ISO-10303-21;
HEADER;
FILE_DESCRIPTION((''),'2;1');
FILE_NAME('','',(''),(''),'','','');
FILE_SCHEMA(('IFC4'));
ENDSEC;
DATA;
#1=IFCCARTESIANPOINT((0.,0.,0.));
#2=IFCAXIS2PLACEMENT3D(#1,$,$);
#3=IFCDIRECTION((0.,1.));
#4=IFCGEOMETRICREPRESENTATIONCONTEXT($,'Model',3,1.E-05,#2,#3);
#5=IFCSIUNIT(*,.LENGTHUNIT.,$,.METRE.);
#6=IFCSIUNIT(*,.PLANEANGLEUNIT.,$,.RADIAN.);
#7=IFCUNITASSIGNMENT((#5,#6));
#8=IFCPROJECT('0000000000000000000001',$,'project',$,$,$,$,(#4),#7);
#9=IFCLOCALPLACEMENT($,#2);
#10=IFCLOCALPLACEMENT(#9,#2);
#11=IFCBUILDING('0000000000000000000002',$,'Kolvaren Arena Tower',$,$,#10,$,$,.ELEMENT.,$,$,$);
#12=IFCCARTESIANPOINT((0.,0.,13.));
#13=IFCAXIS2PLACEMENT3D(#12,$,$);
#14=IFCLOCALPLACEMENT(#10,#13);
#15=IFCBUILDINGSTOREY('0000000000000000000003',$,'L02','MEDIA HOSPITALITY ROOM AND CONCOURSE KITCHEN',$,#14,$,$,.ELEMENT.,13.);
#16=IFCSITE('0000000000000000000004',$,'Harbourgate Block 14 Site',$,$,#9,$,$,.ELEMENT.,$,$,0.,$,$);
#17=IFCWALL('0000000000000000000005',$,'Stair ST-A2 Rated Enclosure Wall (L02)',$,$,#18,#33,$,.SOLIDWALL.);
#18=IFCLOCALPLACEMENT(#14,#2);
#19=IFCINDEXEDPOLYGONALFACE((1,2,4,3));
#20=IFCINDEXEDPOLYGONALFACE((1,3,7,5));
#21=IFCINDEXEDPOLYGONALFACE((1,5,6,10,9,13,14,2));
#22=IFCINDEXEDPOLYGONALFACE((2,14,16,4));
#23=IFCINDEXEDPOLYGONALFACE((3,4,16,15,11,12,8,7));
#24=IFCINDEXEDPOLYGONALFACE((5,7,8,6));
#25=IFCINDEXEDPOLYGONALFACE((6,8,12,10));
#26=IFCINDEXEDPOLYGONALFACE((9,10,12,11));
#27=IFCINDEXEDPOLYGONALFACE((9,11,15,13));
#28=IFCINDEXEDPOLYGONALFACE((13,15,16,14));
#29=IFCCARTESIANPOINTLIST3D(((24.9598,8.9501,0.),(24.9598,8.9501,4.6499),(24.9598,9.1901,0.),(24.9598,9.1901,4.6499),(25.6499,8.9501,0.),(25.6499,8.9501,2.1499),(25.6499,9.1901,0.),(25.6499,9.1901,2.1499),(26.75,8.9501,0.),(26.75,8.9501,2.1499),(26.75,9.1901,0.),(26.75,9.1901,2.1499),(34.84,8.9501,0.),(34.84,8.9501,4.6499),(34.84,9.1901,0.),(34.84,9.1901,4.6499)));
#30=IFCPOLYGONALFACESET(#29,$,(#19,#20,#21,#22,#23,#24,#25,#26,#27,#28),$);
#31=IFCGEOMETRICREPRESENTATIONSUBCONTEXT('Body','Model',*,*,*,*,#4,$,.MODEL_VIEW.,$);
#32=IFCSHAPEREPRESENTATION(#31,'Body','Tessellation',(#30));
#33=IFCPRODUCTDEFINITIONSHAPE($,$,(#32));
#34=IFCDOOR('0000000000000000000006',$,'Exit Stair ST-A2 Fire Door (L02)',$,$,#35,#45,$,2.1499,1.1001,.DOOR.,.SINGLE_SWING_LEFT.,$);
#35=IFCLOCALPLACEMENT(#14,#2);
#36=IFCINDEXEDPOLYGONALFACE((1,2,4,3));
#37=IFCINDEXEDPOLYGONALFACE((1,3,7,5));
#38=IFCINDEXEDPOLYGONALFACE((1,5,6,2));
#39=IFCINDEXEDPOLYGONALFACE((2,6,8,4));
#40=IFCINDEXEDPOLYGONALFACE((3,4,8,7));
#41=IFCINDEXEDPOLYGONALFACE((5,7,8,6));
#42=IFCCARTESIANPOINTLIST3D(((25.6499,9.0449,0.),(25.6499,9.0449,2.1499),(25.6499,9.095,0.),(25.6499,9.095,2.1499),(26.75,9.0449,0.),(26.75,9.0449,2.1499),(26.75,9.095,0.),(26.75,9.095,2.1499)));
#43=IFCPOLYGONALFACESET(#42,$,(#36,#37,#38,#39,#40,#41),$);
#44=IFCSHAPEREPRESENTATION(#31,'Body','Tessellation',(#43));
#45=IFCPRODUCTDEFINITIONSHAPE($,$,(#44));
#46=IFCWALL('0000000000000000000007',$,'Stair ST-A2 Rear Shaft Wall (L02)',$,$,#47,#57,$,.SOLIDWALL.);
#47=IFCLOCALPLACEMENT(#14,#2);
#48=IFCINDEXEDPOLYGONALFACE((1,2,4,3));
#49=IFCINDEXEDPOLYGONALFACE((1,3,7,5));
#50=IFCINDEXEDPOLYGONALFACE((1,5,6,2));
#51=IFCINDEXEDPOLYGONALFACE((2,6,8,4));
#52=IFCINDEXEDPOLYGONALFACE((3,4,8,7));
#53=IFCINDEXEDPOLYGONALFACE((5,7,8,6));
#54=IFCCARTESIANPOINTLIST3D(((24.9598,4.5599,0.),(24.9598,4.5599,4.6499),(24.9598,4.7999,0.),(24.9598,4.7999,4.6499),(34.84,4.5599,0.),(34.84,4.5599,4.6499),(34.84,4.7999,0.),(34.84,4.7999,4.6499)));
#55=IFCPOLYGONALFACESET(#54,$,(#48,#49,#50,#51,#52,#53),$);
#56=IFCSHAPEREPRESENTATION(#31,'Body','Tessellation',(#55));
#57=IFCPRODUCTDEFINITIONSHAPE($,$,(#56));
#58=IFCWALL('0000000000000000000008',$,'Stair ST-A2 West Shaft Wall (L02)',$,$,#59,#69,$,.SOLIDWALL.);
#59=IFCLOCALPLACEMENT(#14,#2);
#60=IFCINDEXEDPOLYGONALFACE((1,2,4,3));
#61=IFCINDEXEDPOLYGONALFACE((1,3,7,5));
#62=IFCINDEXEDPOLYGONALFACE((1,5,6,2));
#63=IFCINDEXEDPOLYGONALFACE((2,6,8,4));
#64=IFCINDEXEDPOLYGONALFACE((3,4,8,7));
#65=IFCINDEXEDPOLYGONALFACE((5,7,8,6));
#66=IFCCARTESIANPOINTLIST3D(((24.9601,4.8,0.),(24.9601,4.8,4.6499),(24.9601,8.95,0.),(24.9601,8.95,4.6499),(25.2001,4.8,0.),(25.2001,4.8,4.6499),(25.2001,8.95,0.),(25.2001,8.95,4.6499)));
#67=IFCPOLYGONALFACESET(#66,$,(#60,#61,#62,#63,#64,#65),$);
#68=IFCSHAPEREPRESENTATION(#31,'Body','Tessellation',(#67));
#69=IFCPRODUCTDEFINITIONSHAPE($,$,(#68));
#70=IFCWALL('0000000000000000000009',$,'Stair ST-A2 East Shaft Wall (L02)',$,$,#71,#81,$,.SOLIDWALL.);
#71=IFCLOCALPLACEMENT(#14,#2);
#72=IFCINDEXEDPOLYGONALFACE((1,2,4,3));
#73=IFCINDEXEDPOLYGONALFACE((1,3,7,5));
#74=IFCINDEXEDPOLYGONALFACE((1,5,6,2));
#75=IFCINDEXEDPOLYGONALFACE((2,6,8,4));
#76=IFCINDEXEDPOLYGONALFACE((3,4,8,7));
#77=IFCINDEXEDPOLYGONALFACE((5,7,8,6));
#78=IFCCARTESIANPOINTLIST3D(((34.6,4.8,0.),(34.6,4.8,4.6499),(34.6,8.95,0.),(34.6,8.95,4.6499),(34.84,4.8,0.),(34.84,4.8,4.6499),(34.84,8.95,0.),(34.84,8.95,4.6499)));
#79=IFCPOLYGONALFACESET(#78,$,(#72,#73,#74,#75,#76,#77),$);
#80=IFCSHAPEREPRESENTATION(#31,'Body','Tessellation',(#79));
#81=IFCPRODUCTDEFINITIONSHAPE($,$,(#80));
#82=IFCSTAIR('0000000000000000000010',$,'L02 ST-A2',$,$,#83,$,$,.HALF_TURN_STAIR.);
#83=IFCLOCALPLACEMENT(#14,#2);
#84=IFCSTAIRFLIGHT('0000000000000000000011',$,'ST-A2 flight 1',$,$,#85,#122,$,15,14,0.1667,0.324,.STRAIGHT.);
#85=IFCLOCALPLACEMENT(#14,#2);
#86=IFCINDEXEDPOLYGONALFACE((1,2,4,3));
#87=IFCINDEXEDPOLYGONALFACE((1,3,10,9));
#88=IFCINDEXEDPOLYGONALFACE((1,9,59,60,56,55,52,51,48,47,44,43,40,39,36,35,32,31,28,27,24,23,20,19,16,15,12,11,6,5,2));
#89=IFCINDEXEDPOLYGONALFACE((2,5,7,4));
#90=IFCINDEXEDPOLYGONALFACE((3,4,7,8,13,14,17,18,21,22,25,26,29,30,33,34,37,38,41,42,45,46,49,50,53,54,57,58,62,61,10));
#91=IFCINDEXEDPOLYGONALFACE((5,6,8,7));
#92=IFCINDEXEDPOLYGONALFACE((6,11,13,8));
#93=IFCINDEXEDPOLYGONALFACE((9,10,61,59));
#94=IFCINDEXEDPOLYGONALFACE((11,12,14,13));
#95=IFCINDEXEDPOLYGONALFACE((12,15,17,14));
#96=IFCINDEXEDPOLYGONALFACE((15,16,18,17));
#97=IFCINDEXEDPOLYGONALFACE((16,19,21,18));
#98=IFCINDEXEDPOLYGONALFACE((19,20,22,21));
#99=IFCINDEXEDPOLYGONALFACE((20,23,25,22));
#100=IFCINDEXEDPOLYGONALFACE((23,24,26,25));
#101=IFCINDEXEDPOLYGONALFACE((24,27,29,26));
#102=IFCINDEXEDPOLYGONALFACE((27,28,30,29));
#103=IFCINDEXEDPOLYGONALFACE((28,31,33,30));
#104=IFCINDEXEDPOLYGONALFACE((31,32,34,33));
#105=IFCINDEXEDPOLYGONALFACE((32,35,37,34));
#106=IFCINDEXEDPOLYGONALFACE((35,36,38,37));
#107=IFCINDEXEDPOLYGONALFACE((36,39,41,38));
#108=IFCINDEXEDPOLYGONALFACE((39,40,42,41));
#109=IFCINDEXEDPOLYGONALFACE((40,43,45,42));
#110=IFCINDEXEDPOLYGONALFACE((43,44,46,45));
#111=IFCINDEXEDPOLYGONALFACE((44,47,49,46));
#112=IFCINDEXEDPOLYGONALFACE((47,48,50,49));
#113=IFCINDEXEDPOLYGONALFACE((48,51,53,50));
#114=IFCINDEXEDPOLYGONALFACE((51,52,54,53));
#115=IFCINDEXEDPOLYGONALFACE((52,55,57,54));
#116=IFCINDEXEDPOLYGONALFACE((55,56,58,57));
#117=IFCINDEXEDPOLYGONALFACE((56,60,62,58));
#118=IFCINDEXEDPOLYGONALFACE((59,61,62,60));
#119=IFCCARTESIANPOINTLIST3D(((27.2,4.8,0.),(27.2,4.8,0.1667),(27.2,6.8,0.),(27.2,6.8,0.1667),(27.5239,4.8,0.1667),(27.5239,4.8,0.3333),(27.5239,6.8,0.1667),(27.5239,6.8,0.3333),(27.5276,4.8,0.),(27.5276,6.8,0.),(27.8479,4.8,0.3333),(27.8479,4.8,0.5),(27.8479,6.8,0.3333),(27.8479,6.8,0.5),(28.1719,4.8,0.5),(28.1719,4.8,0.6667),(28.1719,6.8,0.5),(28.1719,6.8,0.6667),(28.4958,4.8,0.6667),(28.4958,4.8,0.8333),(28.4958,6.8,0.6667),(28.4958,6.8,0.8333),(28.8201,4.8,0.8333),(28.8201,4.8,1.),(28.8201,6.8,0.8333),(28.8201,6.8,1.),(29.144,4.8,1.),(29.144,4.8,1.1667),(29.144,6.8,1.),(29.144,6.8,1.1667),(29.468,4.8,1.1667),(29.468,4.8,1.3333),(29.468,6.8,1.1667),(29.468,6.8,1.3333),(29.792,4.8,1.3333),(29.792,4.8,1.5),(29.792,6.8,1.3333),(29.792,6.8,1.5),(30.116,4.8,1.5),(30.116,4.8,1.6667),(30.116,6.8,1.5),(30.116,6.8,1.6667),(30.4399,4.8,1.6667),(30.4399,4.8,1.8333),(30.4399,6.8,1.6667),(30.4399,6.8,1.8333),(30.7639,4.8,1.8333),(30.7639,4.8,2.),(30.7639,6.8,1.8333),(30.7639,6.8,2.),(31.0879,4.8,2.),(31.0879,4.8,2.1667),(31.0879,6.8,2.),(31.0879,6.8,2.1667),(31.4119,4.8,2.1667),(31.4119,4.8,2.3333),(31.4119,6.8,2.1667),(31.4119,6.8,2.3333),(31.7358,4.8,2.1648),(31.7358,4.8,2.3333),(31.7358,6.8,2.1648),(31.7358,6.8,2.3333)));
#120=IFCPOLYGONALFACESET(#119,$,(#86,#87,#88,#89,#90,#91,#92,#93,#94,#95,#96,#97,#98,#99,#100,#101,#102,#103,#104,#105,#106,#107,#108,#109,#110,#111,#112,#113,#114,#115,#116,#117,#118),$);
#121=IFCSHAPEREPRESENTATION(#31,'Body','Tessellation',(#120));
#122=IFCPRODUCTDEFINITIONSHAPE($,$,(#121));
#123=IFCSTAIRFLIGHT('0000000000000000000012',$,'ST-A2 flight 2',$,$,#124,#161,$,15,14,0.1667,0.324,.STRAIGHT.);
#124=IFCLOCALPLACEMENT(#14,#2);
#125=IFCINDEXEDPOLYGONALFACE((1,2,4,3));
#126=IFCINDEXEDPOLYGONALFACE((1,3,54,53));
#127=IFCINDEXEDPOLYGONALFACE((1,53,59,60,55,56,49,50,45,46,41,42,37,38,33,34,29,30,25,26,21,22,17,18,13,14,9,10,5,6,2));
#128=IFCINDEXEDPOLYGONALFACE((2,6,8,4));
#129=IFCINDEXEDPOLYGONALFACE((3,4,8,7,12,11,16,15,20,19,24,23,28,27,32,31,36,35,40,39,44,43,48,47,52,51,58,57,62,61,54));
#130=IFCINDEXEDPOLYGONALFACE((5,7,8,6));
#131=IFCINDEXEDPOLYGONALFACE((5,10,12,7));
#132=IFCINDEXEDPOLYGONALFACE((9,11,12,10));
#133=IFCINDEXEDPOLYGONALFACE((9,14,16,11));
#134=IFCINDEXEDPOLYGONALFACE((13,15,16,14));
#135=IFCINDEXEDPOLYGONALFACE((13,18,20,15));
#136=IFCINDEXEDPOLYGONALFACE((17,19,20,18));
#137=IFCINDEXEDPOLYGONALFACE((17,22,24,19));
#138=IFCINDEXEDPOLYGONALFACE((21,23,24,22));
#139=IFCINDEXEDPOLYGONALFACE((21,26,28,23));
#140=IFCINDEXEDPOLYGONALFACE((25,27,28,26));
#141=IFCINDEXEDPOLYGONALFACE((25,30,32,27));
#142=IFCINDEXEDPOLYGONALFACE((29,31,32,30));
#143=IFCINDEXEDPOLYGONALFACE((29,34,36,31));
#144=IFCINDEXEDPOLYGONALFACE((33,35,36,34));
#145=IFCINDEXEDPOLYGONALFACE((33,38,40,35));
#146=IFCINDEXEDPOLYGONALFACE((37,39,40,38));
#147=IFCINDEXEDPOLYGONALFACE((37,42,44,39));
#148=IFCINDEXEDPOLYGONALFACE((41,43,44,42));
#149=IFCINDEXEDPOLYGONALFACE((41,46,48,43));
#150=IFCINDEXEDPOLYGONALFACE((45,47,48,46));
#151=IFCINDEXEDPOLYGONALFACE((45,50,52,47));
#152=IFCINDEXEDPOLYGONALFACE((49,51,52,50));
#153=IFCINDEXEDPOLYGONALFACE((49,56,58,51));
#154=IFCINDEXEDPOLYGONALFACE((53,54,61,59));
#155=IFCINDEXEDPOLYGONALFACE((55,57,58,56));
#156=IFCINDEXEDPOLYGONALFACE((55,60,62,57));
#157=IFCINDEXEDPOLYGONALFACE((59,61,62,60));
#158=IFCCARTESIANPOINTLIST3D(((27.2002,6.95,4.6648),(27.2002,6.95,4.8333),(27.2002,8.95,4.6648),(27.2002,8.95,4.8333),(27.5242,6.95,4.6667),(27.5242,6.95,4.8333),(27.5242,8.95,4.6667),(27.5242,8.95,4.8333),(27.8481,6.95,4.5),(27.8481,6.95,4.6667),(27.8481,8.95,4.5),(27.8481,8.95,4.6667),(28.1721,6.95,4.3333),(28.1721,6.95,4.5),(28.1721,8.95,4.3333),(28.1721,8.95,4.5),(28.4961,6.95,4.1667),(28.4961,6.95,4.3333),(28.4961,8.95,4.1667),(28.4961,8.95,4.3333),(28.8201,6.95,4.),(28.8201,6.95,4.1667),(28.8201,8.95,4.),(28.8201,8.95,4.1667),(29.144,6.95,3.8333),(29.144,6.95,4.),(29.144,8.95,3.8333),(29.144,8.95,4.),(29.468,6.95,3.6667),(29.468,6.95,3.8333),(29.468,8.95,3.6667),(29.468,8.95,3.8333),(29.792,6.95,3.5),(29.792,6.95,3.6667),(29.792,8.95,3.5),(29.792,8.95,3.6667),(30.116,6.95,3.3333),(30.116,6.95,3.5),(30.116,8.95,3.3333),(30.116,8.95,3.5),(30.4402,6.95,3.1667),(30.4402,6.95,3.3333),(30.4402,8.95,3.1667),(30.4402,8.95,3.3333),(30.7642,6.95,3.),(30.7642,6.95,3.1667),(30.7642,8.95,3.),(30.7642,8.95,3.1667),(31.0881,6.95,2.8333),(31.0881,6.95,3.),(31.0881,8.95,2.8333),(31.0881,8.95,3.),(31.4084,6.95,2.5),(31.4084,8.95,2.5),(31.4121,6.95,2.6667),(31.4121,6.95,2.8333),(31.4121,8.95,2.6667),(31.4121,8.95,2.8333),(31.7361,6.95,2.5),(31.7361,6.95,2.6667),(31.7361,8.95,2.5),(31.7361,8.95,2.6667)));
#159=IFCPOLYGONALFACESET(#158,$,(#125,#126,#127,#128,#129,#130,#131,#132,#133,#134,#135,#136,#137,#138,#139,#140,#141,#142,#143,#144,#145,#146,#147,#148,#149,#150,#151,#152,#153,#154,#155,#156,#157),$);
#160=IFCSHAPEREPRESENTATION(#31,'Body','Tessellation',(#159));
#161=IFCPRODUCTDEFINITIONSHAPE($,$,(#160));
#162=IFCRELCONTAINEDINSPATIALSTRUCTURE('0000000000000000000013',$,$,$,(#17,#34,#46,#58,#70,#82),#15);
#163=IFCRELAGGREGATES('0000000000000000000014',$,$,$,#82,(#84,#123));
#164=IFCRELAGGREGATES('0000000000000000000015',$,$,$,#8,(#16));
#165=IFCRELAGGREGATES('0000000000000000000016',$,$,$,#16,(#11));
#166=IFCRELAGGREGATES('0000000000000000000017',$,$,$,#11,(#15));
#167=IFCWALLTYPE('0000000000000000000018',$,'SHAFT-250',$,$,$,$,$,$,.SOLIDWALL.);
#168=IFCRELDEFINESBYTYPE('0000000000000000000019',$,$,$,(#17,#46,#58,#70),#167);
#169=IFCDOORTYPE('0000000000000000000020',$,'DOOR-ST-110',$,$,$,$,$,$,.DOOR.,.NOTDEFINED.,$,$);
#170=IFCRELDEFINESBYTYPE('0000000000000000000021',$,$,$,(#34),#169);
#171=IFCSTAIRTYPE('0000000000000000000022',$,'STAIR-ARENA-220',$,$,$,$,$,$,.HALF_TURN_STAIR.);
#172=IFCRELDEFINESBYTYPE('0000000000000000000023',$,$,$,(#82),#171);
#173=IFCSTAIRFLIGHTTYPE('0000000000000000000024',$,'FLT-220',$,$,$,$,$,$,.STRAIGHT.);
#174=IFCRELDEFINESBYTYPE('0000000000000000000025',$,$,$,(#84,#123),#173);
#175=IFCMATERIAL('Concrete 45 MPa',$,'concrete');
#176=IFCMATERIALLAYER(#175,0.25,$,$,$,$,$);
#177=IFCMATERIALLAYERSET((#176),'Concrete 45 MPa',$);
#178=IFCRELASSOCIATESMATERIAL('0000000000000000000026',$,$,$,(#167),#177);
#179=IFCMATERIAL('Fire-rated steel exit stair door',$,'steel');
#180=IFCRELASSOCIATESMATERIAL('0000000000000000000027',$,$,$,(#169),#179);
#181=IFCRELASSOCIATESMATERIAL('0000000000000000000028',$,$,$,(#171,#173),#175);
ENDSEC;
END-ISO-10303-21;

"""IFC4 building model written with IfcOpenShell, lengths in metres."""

from ifc_helpers import new_model, si_unit, direction, frame, frame_2d, origin, place, context, subcontext, project, spatial, polyline, rectangle, outline, extrude, material, layer, layer_set, type_object, element, fill, aggregate, save


model = new_model("IFC4")

# Units and contexts
model_context = context("Model", 3, precision=1e-05, world=origin(), true_north=direction((0.0, 1.0)))
body_context = subcontext(model_context, "Body", "Model", "MODEL_VIEW")
ifc_project = project(units=[si_unit("LENGTHUNIT", "METRE"), si_unit("PLANEANGLEUNIT", "RADIAN")], contexts=[model_context])

# Site, building, storey
site_placement = place(None, origin())
site = spatial("IfcSite", under=ifc_project, at=site_placement, Name="Harbourgate Block 14 Site", CompositionType="ELEMENT", RefElevation=0.0)
building_placement = place(site_placement, origin())
building = spatial("IfcBuilding", under=site, at=building_placement, Name="Kolvaren Arena Tower", CompositionType="ELEMENT")
storey_placement = place(building_placement, frame((0.0, 0.0, 13.0)))
storey = spatial("IfcBuildingStorey", under=building, at=storey_placement, Name="L02", Description="MEDIA HOSPITALITY ROOM AND CONCOURSE KITCHEN", CompositionType="ELEMENT", Elevation=13.0)

# Wall, opening, door
ifc_material_1 = material(Name="Concrete 45 MPa", Category="concrete")
ifc_layer_1 = layer(ifc_material_1, 0.25)
ifc_layer_set_1 = layer_set([ifc_layer_1], Name="Concrete 45 MPa")
wall_type_1 = type_object("IfcWallType", Name="SHAFT-250", PredefinedType="SOLIDWALL", material=ifc_layer_set_1)
wall_1_placement = place(storey_placement, frame((24.96, 9.0701, 0.0), z_axis=(0.0, 0.0, 1.0), x_axis=(1.0, 0.0, 0.0)))
wall_1 = element("IfcWall", 1, at=wall_1_placement, inside=storey, type_object=wall_type_1, Name="Stair ST-A2 Rated Enclosure Wall (L02)", PredefinedType="SOLIDWALL", context=body_context, shape_type="SweptSolid", body=[
    extrude(rectangle(XDim=9.8801, YDim=0.24, at=frame_2d((4.9399, 0.0))), origin(), (0.0, 0.0, 1.0), 4.6499),
])
opening_1_placement = place(wall_1_placement, frame((0.6899, 0.0, 0.0)))
opening_1 = element("IfcOpeningElement", 2, at=opening_1_placement, cuts=wall_1, PredefinedType="OPENING", context=body_context, shape_type="SweptSolid", body=[
    extrude(rectangle(XDim=1.1001, YDim=2.1499, at=frame_2d((0.55, 1.075))), frame((0.0, 0.1299, 0.0), z_axis=(0.0, -1.0, 0.0), x_axis=(1.0, 0.0, 0.0)), (0.0, 0.0, 1.0), 0.26),
])
ifc_material_2 = material(Name="Fire-rated steel exit stair door", Category="steel")
door_type_1 = type_object("IfcDoorType", Name="DOOR-ST-110", OperationType="NOTDEFINED", PredefinedType="DOOR", material=ifc_material_2)
door_1_placement = place(opening_1_placement, origin())
door_1 = element("IfcDoor", 3, at=door_1_placement, inside=storey, type_object=door_type_1, Name="Exit Stair ST-A2 Fire Door (L02)", OperationType="SINGLE_SWING_LEFT", OverallHeight=2.1499, OverallWidth=1.1001, PredefinedType="DOOR", context=body_context, shape_type="SweptSolid", body=[
    extrude(rectangle(XDim=1.1001, YDim=2.1499, at=frame_2d((0.55, 1.075))), frame((0.0, 0.0249, 0.0), z_axis=(0.0, -1.0, 0.0), x_axis=(1.0, 0.0, 0.0)), (0.0, 0.0, 1.0), 0.05),
])
fill(opening_1, door_1)

# Walls
wall_2_placement = place(storey_placement, frame((24.96, 4.6799, 0.0), z_axis=(0.0, 0.0, 1.0), x_axis=(1.0, 0.0, 0.0)))
element("IfcWall", 4, at=wall_2_placement, inside=storey, type_object=wall_type_1, Name="Stair ST-A2 Rear Shaft Wall (L02)", PredefinedType="SOLIDWALL", context=body_context, shape_type="SweptSolid", body=[
    extrude(rectangle(XDim=9.8801, YDim=0.24, at=frame_2d((4.9399, 0.0))), origin(), (0.0, 0.0, 1.0), 4.6499),
])
for number, where, z_axis, x_axis, name in (
    (5, (25.0801, 4.8, 0.0), (0.0, 0.0, 1.0), (0.0, 1.0, 0.0), "Stair ST-A2 West Shaft Wall (L02)"),
    (6, (34.72, 4.8, 0.0), (0.0, 0.0, 1.0), (0.0, 1.0, 0.0), "Stair ST-A2 East Shaft Wall (L02)"),
):
    element("IfcWall", number, at=place(storey_placement, frame(where, z_axis=z_axis, x_axis=x_axis)), inside=storey, type_object=wall_type_1, Name=name, PredefinedType="SOLIDWALL", context=body_context, shape_type="SweptSolid", body=[
        extrude(rectangle(XDim=4.1499, YDim=0.24, at=frame_2d((2.075, 0.0))), origin(), (0.0, 0.0, 1.0), 4.6499),
    ])

# Stair, stair flights
stair_type = type_object("IfcStairType", Name="STAIR-ARENA-220", PredefinedType="HALF_TURN_STAIR", material=ifc_material_1)
stair_placement = place(storey_placement, origin())
stair = element("IfcStair", 7, at=stair_placement, inside=storey, type_object=stair_type, Name="L02 ST-A2", PredefinedType="HALF_TURN_STAIR")
stair_flight_type = type_object("IfcStairFlightType", Name="FLT-220", PredefinedType="STRAIGHT", material=ifc_material_1)
stair_flight_1_placement = place(storey_placement, frame((27.2, 5.8, 0.0), z_axis=(0.0, 0.0, 1.0), x_axis=(1.0, 0.0, 0.0)))
stair_flight_1 = element("IfcStairFlight", 8, at=stair_flight_1_placement, type_object=stair_flight_type, Name="ST-A2 flight 1", NumberOfRisers=15, NumberOfTreads=14, PredefinedType="STRAIGHT", RiserHeight=0.1667, TreadLength=0.324, context=body_context, shape_type="SweptSolid", body=[
    extrude(outline(polyline([(0.0, 0.0), (0.0, 0.1667), (0.324, 0.1667), (0.324, 0.3333), (0.6479, 0.3333), (0.6479, 0.5), (0.9719, 0.5), (0.9719, 0.6667), (1.2959, 0.6667), (1.2959, 0.8333), (1.6201, 0.8333), (1.6201, 1.0), (1.9441, 1.0), (1.9441, 1.1667), (2.2681, 1.1667), (2.2681, 1.3333), (2.592, 1.3333), (2.592, 1.5), (2.916, 1.5), (2.916, 1.6667), (3.24, 1.6667), (3.24, 1.8333), (3.564, 1.8333), (3.564, 2.0), (3.8879, 2.0), (3.8879, 2.1667), (4.2119, 2.1667), (4.2119, 2.3333), (4.5359, 2.3333), (4.5359, 2.5), (4.5359, 2.1648), (0.3276, 0.0), (0.0, 0.0)])), frame((0.0, 1.0, 0.0), z_axis=(0.0, -1.0, 0.0), x_axis=(1.0, 0.0, 0.0)), (0.0, 0.0, 1.0), 2.0),
])
stair_flight_2_placement = place(storey_placement, frame((31.7361, 7.95, 2.5), z_axis=(0.0, 0.0, 1.0), x_axis=(-1.0, 0.0, 0.0)))
stair_flight_2 = element("IfcStairFlight", 9, at=stair_flight_2_placement, type_object=stair_flight_type, Name="ST-A2 flight 2", NumberOfRisers=15, NumberOfTreads=14, PredefinedType="STRAIGHT", RiserHeight=0.1667, TreadLength=0.324, context=body_context, shape_type="SweptSolid", body=[
    extrude(outline(polyline([(0.0, 0.0), (0.0, 0.1667), (0.324, 0.1667), (0.324, 0.3333), (0.6479, 0.3333), (0.6479, 0.5), (0.9719, 0.5), (0.9719, 0.6667), (1.2959, 0.6667), (1.2959, 0.8333), (1.6201, 0.8333), (1.6201, 1.0), (1.9441, 1.0), (1.9441, 1.1667), (2.2681, 1.1667), (2.2681, 1.3333), (2.592, 1.3333), (2.592, 1.5), (2.916, 1.5), (2.916, 1.6667), (3.24, 1.6667), (3.24, 1.8333), (3.564, 1.8333), (3.564, 2.0), (3.8879, 2.0), (3.8879, 2.1667), (4.2119, 2.1667), (4.2119, 2.3333), (4.5359, 2.3333), (4.5359, 2.5), (4.5359, 2.1648), (0.3276, 0.0), (0.0, 0.0)])), frame((0.0, 1.0, 0.0), z_axis=(0.0, -1.0, 0.0), x_axis=(1.0, 0.0, 0.0)), (0.0, 0.0, 1.0), 2.0),
])
aggregate(stair, [stair_flight_1, stair_flight_2])

save(model, "model.ifc")
